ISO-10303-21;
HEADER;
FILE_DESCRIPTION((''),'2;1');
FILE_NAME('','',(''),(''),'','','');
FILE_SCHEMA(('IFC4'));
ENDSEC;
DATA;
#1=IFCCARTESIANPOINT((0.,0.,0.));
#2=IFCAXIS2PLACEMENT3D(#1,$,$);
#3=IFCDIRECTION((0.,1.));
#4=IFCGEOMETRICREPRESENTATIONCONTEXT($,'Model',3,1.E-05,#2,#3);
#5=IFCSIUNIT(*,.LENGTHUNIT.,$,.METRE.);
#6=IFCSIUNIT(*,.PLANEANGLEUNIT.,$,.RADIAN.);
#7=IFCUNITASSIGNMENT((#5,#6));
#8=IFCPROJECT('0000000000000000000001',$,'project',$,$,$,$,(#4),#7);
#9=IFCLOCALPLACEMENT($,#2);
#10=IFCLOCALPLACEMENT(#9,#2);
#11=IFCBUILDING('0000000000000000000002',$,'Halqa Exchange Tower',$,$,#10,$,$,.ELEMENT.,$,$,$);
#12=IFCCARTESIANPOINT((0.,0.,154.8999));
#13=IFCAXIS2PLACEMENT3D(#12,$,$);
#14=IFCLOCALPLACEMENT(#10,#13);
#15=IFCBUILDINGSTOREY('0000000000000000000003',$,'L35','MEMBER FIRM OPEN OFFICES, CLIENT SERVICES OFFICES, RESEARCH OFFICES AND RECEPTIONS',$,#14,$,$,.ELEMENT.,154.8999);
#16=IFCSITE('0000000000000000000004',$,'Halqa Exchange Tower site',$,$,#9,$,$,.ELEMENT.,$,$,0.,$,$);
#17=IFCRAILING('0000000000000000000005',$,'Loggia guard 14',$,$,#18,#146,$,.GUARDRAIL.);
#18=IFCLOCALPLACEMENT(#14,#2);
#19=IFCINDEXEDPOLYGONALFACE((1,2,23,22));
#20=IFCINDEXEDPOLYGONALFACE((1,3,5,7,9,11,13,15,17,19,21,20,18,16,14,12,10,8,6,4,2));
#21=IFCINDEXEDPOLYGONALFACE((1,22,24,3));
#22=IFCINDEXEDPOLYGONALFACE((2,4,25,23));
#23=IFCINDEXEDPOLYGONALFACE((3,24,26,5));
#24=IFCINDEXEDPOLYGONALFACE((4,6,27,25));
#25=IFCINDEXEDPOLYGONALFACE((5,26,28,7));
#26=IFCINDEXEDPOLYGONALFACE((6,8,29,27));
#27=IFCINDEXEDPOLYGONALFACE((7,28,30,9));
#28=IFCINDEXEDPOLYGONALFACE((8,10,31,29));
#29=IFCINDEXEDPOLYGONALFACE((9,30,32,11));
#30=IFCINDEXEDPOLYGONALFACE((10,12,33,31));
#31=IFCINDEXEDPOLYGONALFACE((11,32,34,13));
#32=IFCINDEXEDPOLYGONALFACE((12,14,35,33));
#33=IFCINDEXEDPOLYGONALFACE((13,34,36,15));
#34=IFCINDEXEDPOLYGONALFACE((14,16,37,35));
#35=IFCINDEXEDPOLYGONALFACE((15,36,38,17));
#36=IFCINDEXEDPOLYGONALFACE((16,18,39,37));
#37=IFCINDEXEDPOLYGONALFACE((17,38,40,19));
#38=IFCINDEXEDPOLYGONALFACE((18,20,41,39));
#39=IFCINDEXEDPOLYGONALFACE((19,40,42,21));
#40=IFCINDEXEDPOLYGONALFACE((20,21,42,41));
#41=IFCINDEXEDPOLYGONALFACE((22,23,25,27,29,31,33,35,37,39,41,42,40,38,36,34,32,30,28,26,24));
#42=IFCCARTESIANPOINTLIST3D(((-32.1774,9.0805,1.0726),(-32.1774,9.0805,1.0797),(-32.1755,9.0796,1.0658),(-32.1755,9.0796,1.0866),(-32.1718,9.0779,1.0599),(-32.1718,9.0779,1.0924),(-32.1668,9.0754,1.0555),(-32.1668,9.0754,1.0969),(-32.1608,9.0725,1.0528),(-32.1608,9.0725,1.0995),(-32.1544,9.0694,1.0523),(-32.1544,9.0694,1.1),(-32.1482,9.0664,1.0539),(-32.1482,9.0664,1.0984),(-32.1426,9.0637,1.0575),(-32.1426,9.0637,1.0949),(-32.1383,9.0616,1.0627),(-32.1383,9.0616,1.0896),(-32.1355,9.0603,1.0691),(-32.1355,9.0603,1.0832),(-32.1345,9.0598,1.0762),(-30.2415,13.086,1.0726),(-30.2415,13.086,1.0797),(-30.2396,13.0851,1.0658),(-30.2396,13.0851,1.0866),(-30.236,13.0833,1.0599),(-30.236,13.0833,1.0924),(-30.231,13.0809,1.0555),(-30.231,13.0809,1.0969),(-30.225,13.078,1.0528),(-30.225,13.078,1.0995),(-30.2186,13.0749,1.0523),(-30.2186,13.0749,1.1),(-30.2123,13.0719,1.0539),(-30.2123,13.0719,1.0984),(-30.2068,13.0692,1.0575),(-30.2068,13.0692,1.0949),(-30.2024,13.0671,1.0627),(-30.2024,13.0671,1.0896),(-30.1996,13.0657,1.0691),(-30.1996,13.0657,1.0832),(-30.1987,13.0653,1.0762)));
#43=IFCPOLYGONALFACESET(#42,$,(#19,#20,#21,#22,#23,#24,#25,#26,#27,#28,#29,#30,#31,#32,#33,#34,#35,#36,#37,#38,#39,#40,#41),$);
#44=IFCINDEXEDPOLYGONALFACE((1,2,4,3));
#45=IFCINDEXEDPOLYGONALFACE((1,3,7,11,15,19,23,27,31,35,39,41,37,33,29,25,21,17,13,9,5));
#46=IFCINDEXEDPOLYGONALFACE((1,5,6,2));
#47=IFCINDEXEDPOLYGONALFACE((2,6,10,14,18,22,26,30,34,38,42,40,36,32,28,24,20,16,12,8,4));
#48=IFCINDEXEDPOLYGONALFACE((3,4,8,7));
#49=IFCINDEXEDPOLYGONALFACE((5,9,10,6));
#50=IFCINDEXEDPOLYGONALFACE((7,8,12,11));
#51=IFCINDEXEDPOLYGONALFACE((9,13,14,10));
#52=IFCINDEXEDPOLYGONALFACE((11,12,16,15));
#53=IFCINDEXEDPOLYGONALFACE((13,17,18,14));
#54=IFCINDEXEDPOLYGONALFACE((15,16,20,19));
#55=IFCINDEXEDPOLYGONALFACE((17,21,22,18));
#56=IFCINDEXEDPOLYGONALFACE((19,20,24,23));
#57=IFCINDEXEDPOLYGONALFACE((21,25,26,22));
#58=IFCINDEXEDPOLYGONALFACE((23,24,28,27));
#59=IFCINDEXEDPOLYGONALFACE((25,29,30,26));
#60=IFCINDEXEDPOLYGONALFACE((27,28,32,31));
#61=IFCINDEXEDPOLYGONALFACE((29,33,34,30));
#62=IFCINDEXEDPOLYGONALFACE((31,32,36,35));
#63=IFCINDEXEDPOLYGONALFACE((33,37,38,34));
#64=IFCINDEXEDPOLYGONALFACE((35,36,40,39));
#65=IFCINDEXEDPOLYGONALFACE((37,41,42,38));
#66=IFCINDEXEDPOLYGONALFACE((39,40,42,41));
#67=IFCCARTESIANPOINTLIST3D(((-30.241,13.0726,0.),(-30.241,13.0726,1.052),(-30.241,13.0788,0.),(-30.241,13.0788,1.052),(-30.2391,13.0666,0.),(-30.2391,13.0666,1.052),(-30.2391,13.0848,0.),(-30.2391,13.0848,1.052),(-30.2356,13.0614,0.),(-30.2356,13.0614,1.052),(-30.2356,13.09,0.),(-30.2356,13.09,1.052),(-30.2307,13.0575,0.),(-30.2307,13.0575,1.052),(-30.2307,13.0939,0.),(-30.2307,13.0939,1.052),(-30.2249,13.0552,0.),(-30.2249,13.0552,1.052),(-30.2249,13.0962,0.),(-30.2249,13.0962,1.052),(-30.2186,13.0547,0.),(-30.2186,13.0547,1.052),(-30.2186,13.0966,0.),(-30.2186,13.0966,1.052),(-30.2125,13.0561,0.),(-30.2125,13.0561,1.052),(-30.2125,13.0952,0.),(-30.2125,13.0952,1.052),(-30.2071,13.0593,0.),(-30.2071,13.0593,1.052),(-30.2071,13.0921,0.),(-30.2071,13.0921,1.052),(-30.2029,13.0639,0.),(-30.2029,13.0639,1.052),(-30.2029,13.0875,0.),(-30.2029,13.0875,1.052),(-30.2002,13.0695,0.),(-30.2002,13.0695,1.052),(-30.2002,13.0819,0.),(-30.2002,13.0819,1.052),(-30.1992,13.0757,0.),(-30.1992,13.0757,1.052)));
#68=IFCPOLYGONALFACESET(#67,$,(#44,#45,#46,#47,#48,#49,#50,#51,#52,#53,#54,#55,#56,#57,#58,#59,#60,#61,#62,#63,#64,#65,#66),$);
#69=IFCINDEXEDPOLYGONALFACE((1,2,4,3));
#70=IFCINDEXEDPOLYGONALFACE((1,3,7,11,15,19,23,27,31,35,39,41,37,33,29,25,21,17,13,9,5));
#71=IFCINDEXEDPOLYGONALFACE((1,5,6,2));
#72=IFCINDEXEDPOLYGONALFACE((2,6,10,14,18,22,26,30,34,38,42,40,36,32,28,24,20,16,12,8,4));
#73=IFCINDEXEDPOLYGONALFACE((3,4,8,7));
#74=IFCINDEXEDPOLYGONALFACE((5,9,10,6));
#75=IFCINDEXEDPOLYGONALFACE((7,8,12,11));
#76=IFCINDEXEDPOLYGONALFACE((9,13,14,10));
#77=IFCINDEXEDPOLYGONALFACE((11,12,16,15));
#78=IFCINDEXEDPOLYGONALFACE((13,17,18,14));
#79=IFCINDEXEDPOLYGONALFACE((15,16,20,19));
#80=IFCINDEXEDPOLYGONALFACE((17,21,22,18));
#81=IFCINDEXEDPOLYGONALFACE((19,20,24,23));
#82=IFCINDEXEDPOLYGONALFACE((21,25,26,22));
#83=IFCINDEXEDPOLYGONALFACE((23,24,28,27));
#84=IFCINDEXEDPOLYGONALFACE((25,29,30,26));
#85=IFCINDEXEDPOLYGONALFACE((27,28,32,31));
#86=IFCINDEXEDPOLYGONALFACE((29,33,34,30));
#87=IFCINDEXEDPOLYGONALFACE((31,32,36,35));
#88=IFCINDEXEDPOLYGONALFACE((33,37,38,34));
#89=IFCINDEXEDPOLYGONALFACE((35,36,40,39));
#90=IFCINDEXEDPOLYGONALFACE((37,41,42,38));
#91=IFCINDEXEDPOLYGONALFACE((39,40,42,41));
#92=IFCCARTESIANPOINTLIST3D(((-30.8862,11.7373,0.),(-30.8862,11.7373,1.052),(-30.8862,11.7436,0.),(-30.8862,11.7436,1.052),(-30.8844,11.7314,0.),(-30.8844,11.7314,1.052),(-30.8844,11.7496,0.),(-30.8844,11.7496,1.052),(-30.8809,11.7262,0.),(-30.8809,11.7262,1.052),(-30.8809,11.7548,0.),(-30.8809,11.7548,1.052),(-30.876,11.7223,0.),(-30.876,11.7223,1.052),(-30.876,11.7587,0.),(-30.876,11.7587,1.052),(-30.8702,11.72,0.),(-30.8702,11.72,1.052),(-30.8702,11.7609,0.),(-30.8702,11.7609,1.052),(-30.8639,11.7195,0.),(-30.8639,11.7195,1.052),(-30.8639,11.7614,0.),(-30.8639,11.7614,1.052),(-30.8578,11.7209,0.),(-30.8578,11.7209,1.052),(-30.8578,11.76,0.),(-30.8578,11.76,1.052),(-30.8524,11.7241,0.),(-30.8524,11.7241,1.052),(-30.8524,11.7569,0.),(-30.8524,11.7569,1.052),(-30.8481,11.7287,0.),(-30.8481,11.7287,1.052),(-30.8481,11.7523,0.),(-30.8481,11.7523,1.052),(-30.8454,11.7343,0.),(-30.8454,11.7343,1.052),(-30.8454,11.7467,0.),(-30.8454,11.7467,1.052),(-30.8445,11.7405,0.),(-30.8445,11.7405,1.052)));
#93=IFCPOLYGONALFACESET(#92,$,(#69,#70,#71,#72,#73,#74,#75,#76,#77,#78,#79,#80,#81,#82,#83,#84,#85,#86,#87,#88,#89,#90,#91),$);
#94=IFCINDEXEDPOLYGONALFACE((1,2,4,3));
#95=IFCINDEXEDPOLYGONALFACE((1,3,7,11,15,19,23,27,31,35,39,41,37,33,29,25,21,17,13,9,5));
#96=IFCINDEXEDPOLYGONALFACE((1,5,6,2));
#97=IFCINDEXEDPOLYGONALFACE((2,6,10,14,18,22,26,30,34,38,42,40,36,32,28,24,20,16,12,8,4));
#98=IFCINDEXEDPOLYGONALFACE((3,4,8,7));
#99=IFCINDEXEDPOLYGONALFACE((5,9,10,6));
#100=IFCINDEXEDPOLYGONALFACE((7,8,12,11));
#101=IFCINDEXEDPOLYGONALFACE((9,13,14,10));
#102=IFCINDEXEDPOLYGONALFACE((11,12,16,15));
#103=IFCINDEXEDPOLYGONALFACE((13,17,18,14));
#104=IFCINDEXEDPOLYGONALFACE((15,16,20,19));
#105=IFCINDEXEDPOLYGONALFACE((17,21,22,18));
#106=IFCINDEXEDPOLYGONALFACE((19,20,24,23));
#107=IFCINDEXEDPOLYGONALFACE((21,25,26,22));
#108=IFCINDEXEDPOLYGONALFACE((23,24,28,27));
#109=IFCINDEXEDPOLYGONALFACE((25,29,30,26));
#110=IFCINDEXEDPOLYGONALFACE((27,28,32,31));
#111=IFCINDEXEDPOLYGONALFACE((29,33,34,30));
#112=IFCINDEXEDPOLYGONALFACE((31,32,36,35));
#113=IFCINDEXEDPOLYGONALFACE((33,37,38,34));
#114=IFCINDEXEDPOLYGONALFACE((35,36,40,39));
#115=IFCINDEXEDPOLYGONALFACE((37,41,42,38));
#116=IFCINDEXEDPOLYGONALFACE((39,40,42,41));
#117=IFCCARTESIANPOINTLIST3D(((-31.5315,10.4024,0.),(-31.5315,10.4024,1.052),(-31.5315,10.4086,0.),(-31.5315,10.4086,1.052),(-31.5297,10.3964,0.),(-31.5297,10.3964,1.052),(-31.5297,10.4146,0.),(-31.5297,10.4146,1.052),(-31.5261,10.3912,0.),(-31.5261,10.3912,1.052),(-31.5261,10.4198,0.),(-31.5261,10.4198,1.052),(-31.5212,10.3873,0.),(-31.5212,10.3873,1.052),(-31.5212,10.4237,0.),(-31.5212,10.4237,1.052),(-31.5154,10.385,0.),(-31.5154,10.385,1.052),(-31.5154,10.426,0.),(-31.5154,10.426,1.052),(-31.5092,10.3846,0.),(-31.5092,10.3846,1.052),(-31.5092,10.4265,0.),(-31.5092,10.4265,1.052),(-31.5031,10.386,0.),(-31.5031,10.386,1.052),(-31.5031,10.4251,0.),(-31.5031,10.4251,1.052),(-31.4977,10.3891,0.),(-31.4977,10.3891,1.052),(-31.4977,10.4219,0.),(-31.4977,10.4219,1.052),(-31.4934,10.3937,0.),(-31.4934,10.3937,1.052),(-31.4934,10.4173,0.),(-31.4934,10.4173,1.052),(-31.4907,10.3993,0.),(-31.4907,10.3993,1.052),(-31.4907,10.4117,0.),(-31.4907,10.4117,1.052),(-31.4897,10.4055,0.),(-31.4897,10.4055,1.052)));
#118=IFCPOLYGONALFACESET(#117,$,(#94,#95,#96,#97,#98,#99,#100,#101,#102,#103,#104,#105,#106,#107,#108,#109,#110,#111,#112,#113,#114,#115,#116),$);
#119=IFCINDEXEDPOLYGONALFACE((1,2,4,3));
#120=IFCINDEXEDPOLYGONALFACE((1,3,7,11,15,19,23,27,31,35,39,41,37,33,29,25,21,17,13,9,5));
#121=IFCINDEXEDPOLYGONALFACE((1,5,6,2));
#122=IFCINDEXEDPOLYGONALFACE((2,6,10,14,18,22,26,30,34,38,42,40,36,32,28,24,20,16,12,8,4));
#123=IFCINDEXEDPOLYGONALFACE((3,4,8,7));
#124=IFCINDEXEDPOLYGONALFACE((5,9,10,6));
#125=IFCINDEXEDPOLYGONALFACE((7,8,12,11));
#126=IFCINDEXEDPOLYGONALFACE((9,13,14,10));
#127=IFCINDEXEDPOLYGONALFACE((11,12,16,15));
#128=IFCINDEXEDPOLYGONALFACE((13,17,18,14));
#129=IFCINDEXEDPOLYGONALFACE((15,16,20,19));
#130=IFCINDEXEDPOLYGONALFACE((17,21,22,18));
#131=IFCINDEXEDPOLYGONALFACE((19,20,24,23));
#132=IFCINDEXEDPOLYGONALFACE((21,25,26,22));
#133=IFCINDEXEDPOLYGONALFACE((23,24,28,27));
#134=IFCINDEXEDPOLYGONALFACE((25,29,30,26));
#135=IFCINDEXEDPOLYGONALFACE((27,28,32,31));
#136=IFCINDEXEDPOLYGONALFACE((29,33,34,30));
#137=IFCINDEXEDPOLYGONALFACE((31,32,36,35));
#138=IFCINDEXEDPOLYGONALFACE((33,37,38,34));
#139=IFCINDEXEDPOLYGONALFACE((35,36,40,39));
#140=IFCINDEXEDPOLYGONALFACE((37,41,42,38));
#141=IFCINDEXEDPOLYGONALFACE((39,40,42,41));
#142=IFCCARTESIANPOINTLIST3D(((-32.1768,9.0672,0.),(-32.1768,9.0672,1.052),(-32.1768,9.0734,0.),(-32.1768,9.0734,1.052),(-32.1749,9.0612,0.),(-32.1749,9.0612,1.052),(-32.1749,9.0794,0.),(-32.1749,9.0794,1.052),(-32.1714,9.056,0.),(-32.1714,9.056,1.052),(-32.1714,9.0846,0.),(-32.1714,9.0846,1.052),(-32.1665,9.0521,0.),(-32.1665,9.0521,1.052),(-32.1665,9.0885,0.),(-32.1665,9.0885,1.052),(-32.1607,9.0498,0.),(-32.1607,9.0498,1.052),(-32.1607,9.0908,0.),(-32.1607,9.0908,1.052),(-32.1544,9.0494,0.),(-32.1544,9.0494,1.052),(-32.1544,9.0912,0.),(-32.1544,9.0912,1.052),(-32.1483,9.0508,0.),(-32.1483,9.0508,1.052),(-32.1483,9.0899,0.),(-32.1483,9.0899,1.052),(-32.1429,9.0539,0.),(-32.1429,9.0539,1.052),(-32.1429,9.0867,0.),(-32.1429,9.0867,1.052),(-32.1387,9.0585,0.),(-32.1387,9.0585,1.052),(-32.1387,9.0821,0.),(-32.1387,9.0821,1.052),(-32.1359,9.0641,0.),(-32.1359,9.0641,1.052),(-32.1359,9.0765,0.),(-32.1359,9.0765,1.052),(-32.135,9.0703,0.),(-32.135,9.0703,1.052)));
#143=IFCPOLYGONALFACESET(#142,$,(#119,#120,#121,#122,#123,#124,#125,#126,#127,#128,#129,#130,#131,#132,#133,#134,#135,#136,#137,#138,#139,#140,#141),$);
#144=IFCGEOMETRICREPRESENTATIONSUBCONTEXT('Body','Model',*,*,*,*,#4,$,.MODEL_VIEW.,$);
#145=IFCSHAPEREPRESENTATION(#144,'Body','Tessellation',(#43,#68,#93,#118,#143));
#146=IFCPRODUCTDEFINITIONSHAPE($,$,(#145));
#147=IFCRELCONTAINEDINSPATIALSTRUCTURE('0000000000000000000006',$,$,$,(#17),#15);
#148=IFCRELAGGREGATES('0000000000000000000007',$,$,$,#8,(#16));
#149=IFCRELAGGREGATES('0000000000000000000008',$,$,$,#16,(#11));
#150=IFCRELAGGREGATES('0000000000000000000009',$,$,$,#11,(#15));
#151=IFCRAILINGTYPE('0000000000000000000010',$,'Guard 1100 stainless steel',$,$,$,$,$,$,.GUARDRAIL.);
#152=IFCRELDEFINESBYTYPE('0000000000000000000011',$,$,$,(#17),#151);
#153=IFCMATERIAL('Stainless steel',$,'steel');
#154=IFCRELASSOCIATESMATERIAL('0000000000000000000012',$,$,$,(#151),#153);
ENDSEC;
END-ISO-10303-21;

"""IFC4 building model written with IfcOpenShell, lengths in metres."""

from ifc_helpers import new_model, si_unit, direction, frame, origin, origin_2d, place, context, subcontext, project, spatial, circle, extrude, material, type_object, element, save


model = new_model("IFC4")

# Units and contexts
model_context = context("Model", 3, precision=1e-05, world=origin(), true_north=direction((0.0, 1.0)))
body_context = subcontext(model_context, "Body", "Model", "MODEL_VIEW")
ifc_project = project(units=[si_unit("LENGTHUNIT", "METRE"), si_unit("PLANEANGLEUNIT", "RADIAN")], contexts=[model_context])

# Site, building, storey
site_placement = place(None, origin())
site = spatial("IfcSite", under=ifc_project, at=site_placement, Name="Halqa Exchange Tower site", CompositionType="ELEMENT", RefElevation=0.0)
building_placement = place(site_placement, origin())
building = spatial("IfcBuilding", under=site, at=building_placement, Name="Halqa Exchange Tower", CompositionType="ELEMENT")
storey_placement = place(building_placement, frame((0.0, 0.0, 154.8999)))
storey = spatial("IfcBuildingStorey", under=building, at=storey_placement, Name="L35", Description="MEMBER FIRM OPEN OFFICES, CLIENT SERVICES OFFICES, RESEARCH OFFICES AND RECEPTIONS", CompositionType="ELEMENT", Elevation=154.8999)

# Railing
ifc_material_1 = material(Name="Stainless steel", Category="steel")
railing_type = type_object("IfcRailingType", Name="Guard 1100 stainless steel", PredefinedType="GUARDRAIL", material=ifc_material_1)
railing_1_placement = place(storey_placement, frame((-30.2202, 13.0757, 0.0)))
element("IfcRailing", 1, at=railing_1_placement, inside=storey, type_object=railing_type, Name="Loggia guard 14", PredefinedType="GUARDRAIL", context=body_context, shape_type="SweptSolid", body=[
    extrude(circle(Radius=0.0239, at=origin_2d()), frame((0.0, 0.0, 1.0762), z_axis=(-0.435143, -0.900361, 0.0), x_axis=(0.900361, -0.435143, 0.0)), (0.0, 0.0, 1.0), 4.4487),
    extrude(circle(Radius=0.021, at=origin_2d()), origin(), (0.0, 0.0, 1.0), 1.052),
    extrude(circle(Radius=0.021, at=origin_2d()), frame((-0.6453, -1.3352, 0.0)), (0.0, 0.0, 1.0), 1.052),
    extrude(circle(Radius=0.021, at=origin_2d()), frame((-1.2905, -2.6702, 0.0)), (0.0, 0.0, 1.0), 1.052),
    extrude(circle(Radius=0.021, at=origin_2d()), frame((-1.9358, -4.0054, 0.0)), (0.0, 0.0, 1.0), 1.052),
])

save(model, "model.ifc")
